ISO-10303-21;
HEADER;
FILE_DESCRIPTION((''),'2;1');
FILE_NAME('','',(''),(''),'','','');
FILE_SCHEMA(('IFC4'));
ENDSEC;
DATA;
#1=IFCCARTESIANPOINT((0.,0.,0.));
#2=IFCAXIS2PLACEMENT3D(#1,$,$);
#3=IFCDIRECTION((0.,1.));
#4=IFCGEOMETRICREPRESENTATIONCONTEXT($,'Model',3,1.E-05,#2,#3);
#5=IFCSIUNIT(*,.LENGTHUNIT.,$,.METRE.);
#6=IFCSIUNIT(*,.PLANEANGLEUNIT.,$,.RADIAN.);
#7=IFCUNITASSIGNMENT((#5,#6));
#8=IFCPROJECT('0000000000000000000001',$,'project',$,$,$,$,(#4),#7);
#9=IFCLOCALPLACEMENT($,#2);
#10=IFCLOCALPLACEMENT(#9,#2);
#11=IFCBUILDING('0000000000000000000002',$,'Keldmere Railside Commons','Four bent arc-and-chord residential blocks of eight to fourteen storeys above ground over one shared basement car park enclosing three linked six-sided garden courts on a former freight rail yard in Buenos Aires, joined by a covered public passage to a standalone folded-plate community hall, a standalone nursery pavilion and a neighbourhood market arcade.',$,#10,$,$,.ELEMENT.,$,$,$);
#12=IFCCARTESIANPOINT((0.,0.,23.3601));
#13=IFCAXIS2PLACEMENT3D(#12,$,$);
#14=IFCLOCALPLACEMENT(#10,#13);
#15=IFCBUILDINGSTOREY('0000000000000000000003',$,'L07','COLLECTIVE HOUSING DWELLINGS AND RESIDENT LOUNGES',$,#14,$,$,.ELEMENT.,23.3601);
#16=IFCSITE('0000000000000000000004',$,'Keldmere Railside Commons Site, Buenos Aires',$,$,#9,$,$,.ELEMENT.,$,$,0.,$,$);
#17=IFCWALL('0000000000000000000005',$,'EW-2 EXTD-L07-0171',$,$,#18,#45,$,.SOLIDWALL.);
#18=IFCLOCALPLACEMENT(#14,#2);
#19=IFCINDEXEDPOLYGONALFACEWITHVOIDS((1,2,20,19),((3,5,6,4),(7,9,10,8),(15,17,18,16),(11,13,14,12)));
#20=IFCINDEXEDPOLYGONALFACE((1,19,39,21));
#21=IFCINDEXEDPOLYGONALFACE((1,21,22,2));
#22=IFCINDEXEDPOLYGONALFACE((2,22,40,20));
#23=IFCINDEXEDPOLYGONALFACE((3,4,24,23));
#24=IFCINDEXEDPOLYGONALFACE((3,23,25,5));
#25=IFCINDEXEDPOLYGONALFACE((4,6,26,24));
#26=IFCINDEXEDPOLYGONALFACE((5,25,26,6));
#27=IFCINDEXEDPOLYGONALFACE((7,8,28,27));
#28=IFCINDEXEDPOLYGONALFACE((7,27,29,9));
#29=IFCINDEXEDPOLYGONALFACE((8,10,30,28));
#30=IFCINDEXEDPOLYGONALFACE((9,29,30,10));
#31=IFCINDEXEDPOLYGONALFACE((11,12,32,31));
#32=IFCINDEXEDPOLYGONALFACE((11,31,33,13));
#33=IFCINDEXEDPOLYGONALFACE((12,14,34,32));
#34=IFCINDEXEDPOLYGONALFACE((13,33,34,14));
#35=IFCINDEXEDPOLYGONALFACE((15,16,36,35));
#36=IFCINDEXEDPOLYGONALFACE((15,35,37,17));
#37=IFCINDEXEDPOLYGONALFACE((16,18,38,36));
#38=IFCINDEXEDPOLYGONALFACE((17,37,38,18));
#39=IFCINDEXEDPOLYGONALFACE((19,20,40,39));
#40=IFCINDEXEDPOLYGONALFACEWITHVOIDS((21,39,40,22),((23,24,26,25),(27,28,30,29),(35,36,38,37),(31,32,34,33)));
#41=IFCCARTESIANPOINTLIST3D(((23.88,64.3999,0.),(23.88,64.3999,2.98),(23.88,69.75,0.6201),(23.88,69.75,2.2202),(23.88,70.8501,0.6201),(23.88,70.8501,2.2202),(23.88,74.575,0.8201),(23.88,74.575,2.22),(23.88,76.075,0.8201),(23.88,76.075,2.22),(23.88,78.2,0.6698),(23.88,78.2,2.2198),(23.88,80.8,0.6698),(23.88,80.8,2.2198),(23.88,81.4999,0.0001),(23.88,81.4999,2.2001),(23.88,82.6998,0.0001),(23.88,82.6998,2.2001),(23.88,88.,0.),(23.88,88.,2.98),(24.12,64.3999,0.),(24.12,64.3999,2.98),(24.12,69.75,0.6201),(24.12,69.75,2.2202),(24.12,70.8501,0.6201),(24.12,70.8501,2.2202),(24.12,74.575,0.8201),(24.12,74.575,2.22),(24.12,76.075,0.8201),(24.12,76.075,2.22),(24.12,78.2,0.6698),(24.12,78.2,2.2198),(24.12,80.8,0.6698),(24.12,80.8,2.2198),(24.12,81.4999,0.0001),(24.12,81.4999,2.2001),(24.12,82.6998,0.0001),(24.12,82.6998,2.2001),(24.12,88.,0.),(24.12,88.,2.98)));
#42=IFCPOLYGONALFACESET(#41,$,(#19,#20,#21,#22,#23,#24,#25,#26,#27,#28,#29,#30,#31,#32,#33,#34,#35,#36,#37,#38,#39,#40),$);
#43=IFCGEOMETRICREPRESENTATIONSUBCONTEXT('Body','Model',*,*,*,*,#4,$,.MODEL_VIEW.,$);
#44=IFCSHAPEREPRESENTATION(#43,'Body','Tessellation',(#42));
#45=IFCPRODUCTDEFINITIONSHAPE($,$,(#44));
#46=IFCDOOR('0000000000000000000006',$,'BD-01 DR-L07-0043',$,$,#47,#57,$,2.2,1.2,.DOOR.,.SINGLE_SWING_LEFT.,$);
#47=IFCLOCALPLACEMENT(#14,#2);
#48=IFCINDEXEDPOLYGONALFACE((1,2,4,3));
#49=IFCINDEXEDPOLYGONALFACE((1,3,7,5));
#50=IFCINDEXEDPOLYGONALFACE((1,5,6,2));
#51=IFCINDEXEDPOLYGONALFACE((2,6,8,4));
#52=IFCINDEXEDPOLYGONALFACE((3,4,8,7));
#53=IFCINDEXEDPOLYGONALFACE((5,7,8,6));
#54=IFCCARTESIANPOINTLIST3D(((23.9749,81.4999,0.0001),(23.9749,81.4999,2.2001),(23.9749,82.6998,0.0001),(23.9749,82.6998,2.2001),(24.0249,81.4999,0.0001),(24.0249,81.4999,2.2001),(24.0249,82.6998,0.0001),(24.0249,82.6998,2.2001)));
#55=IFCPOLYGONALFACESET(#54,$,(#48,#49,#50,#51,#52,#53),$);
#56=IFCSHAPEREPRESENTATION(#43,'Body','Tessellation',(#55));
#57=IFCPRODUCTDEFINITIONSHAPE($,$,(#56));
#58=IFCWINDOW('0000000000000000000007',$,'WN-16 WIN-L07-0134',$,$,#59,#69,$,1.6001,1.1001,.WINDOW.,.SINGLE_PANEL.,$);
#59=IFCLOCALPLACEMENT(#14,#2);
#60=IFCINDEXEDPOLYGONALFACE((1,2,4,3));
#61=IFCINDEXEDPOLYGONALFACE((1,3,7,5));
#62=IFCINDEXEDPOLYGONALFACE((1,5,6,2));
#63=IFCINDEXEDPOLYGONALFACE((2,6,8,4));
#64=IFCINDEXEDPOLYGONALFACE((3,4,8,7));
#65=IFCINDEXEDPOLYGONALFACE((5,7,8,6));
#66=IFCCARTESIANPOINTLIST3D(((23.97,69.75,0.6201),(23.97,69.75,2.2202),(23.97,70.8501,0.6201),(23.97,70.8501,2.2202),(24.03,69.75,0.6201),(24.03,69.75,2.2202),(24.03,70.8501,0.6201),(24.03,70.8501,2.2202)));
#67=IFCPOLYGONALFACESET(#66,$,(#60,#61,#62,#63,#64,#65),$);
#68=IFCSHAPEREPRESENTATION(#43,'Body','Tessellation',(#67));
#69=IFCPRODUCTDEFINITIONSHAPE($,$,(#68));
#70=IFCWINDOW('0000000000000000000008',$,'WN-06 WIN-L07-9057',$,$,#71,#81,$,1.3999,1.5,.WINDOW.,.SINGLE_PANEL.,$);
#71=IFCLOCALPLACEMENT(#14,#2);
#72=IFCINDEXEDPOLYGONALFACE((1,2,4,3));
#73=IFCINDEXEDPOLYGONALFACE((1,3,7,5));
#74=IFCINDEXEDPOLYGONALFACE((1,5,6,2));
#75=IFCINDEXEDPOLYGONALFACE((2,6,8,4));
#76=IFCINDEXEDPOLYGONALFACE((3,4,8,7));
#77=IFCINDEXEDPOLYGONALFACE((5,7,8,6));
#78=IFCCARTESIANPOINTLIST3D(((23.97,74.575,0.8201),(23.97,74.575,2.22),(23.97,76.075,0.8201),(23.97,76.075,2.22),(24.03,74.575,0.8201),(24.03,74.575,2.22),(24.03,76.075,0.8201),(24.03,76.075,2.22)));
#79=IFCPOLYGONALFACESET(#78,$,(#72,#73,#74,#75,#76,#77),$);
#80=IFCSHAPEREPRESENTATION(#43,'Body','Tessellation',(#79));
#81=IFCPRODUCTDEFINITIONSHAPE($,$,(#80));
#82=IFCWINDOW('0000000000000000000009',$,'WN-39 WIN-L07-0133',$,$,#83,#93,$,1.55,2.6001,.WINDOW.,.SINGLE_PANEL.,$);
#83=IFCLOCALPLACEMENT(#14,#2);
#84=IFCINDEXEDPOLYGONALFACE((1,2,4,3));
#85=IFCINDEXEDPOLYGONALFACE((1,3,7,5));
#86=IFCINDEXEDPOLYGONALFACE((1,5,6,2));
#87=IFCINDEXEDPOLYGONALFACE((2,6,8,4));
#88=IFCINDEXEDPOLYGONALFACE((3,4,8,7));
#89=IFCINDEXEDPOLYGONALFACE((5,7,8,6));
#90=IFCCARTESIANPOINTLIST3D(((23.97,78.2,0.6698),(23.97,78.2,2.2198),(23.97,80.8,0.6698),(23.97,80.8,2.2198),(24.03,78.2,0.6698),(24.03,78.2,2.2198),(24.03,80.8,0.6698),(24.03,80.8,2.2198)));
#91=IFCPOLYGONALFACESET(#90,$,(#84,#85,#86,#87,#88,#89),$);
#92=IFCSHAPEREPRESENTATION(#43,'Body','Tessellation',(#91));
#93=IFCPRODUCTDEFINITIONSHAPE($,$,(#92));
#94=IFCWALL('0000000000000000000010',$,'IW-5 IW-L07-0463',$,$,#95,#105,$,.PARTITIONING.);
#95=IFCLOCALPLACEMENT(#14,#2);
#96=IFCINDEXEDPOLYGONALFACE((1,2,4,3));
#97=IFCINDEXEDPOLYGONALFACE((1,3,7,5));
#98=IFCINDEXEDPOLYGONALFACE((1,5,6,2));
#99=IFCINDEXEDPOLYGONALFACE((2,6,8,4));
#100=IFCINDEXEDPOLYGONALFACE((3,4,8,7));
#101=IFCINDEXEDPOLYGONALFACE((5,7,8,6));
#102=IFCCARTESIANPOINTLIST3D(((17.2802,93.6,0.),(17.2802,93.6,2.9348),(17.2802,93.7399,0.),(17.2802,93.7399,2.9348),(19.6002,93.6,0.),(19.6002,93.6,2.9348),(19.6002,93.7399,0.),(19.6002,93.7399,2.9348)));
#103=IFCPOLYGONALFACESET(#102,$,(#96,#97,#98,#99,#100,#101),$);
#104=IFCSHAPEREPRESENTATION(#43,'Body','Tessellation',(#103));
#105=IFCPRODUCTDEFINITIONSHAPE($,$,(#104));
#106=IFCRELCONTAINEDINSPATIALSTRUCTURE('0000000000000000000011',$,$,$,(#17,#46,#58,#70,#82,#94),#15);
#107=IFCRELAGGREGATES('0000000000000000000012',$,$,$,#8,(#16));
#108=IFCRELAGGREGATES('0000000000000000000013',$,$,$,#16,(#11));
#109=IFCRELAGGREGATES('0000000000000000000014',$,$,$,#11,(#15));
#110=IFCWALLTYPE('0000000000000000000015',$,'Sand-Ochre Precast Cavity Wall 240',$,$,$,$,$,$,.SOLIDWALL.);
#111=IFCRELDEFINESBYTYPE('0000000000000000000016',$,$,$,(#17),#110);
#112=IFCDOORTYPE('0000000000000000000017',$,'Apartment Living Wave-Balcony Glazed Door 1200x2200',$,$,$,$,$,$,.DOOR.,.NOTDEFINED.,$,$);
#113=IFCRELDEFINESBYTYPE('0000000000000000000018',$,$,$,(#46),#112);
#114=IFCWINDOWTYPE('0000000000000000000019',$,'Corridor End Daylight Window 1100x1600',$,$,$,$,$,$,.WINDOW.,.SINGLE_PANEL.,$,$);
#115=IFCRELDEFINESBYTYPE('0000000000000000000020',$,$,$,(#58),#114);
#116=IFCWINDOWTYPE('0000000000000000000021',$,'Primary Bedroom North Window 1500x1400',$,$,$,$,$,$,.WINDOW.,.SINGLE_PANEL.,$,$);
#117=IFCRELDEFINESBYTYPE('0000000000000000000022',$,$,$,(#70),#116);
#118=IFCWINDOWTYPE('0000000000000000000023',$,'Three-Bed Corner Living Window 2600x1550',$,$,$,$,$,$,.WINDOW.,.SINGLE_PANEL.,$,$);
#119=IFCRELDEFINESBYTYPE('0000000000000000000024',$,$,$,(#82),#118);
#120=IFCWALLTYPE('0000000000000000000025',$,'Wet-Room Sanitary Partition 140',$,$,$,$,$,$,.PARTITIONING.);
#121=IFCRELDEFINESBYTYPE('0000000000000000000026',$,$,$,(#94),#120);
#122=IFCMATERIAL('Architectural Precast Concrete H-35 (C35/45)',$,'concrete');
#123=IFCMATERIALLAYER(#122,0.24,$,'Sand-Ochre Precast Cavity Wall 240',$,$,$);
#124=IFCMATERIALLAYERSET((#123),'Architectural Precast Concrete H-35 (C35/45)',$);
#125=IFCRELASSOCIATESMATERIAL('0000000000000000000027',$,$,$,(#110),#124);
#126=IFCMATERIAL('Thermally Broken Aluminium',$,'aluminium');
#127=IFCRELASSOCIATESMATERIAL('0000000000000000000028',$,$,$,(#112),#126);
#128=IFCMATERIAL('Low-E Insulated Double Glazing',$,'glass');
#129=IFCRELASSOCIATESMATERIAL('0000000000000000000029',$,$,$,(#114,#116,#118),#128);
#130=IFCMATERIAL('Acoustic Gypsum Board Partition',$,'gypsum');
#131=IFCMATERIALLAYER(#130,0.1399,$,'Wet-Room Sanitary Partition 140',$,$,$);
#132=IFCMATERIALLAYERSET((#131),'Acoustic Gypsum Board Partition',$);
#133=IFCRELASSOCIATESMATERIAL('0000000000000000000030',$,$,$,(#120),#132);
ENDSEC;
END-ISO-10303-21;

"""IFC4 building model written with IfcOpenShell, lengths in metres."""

from ifc_helpers import new_model, si_unit, direction, frame, frame_2d, origin, place, context, subcontext, project, spatial, rectangle, extrude, material, layer, layer_set, type_object, element, fill, save


model = new_model("IFC4")

# Units and contexts
model_context = context("Model", 3, precision=1e-05, world=origin(), true_north=direction((0.0, 1.0)))
body_context = subcontext(model_context, "Body", "Model", "MODEL_VIEW")
ifc_project = project(units=[si_unit("LENGTHUNIT", "METRE"), si_unit("PLANEANGLEUNIT", "RADIAN")], contexts=[model_context])

# Site, building, storey
site_placement = place(None, origin())
site = spatial("IfcSite", under=ifc_project, at=site_placement, Name="Keldmere Railside Commons Site, Buenos Aires", CompositionType="ELEMENT", RefElevation=0.0)
building_placement = place(site_placement, origin())
building = spatial("IfcBuilding", under=site, at=building_placement, Name="Keldmere Railside Commons", Description="Four bent arc-and-chord residential blocks of eight to fourteen storeys above ground over one shared basement car park enclosing three linked six-sided garden courts on a former freight rail yard in Buenos Aires, joined by a covered public passage to a standalone folded-plate community hall, a standalone nursery pavilion and a neighbourhood market arcade.", CompositionType="ELEMENT")
storey_placement = place(building_placement, frame((0.0, 0.0, 23.3601)))
storey = spatial("IfcBuildingStorey", under=building, at=storey_placement, Name="L07", Description="COLLECTIVE HOUSING DWELLINGS AND RESIDENT LOUNGES", CompositionType="ELEMENT", Elevation=23.3601)

# Shared definitions
ifc_material_1 = material(Name="Thermally Broken Aluminium", Category="aluminium")

# Shared definitions
ifc_material_2 = material(Name="Acoustic Gypsum Board Partition", Category="gypsum")

# Wall, openings, door, windows
ifc_material_3 = material(Name="Architectural Precast Concrete H-35 (C35/45)", Category="concrete")
ifc_layer_1 = layer(ifc_material_3, 0.24, Name="Sand-Ochre Precast Cavity Wall 240")
ifc_layer_set_1 = layer_set([ifc_layer_1], Name="Architectural Precast Concrete H-35 (C35/45)")
wall_type_1 = type_object("IfcWallType", Name="Sand-Ochre Precast Cavity Wall 240", PredefinedType="SOLIDWALL", material=ifc_layer_set_1)
wall_1_placement = place(storey_placement, frame((24.0, 88.0, 0.0), z_axis=(0.0, 0.0, 1.0), x_axis=(0.0, -1.0, 0.0)))
wall_1 = element("IfcWall", 1, at=wall_1_placement, inside=storey, type_object=wall_type_1, Name="EW-2 EXTD-L07-0171", PredefinedType="SOLIDWALL", context=body_context, shape_type="SweptSolid", body=[
    extrude(rectangle(XDim=23.6001, YDim=0.24, at=frame_2d((11.8, 0.0))), origin(), (0.0, 0.0, 1.0), 2.98),
])
opening_1_placement = place(wall_1_placement, frame((5.3, 0.0, 0.0)))
opening_1 = element("IfcOpeningElement", 2, at=opening_1_placement, cuts=wall_1, PredefinedType="OPENING", context=body_context, shape_type="SweptSolid", body=[
    extrude(rectangle(XDim=1.2, YDim=2.2, at=frame_2d((0.6001, 1.1001))), frame((0.0, 0.1299, 0.0), z_axis=(0.0, -1.0, 0.0), x_axis=(1.0, 0.0, 0.0)), (0.0, 0.0, 1.0), 0.26),
])
opening_2_placement = place(wall_1_placement, frame((7.2, 0.0, 0.6699)))
opening_2 = element("IfcOpeningElement", 3, at=opening_2_placement, cuts=wall_1, PredefinedType="OPENING", context=body_context, shape_type="SweptSolid", body=[
    extrude(rectangle(XDim=2.6001, YDim=1.55, at=frame_2d((1.3, 0.7749))), frame((0.0, 0.1299, 0.0), z_axis=(0.0, -1.0, 0.0), x_axis=(1.0, 0.0, 0.0)), (0.0, 0.0, 1.0), 0.26),
])
opening_3_placement = place(wall_1_placement, frame((17.1499, 0.0, 0.6201)))
opening_3 = element("IfcOpeningElement", 4, at=opening_3_placement, cuts=wall_1, PredefinedType="OPENING", context=body_context, shape_type="SweptSolid", body=[
    extrude(rectangle(XDim=1.1001, YDim=1.6001, at=frame_2d((0.55, 0.8))), frame((0.0, 0.1299, 0.0), z_axis=(0.0, -1.0, 0.0), x_axis=(1.0, 0.0, 0.0)), (0.0, 0.0, 1.0), 0.26),
])
opening_4_placement = place(wall_1_placement, frame((11.925, 0.0, 0.8201)))
opening_4 = element("IfcOpeningElement", 5, at=opening_4_placement, cuts=wall_1, PredefinedType="OPENING", context=body_context, shape_type="SweptSolid", body=[
    extrude(rectangle(XDim=1.5, YDim=1.3999, at=frame_2d((0.75, 0.7))), frame((0.0, 0.1299, 0.0), z_axis=(0.0, -1.0, 0.0), x_axis=(1.0, 0.0, 0.0)), (0.0, 0.0, 1.0), 0.26),
])
door_type_1 = type_object("IfcDoorType", Name="Apartment Living Wave-Balcony Glazed Door 1200x2200", OperationType="NOTDEFINED", PredefinedType="DOOR", material=ifc_material_1)
door_1_placement = place(opening_1_placement, origin())
door_1 = element("IfcDoor", 6, at=door_1_placement, inside=storey, type_object=door_type_1, Name="BD-01 DR-L07-0043", OperationType="SINGLE_SWING_LEFT", OverallHeight=2.2, OverallWidth=1.2, PredefinedType="DOOR", context=body_context, shape_type="SweptSolid", body=[
    extrude(rectangle(XDim=1.2, YDim=2.2, at=frame_2d((0.6001, 1.1001))), frame((0.0, 0.0249, 0.0), z_axis=(0.0, -1.0, 0.0), x_axis=(1.0, 0.0, 0.0)), (0.0, 0.0, 1.0), 0.05),
])
fill(opening_1, door_1)
ifc_material_4 = material(Name="Low-E Insulated Double Glazing", Category="glass")
window_type_1 = type_object("IfcWindowType", Name="Corridor End Daylight Window 1100x1600", PartitioningType="SINGLE_PANEL", PredefinedType="WINDOW", material=ifc_material_4)
window_1_placement = place(opening_3_placement, origin())
window_1 = element("IfcWindow", 7, at=window_1_placement, inside=storey, type_object=window_type_1, Name="WN-16 WIN-L07-0134", OverallHeight=1.6001, OverallWidth=1.1001, PartitioningType="SINGLE_PANEL", PredefinedType="WINDOW", context=body_context, shape_type="SweptSolid", body=[
    extrude(rectangle(XDim=1.1001, YDim=1.6001, at=frame_2d((0.55, 0.8))), frame((0.0, 0.03, 0.0), z_axis=(0.0, -1.0, 0.0), x_axis=(1.0, 0.0, 0.0)), (0.0, 0.0, 1.0), 0.0601),
])
fill(opening_3, window_1)
window_type_2 = type_object("IfcWindowType", Name="Primary Bedroom North Window 1500x1400", PartitioningType="SINGLE_PANEL", PredefinedType="WINDOW", material=ifc_material_4)
window_2_placement = place(opening_4_placement, origin())
window_2 = element("IfcWindow", 8, at=window_2_placement, inside=storey, type_object=window_type_2, Name="WN-06 WIN-L07-9057", OverallHeight=1.3999, OverallWidth=1.5, PartitioningType="SINGLE_PANEL", PredefinedType="WINDOW", context=body_context, shape_type="SweptSolid", body=[
    extrude(rectangle(XDim=1.5, YDim=1.3999, at=frame_2d((0.75, 0.7))), frame((0.0, 0.03, 0.0), z_axis=(0.0, -1.0, 0.0), x_axis=(1.0, 0.0, 0.0)), (0.0, 0.0, 1.0), 0.0601),
])
fill(opening_4, window_2)
window_type_3 = type_object("IfcWindowType", Name="Three-Bed Corner Living Window 2600x1550", PartitioningType="SINGLE_PANEL", PredefinedType="WINDOW", material=ifc_material_4)
window_3_placement = place(opening_2_placement, origin())
window_3 = element("IfcWindow", 9, at=window_3_placement, inside=storey, type_object=window_type_3, Name="WN-39 WIN-L07-0133", OverallHeight=1.55, OverallWidth=2.6001, PartitioningType="SINGLE_PANEL", PredefinedType="WINDOW", context=body_context, shape_type="SweptSolid", body=[
    extrude(rectangle(XDim=2.6001, YDim=1.55, at=frame_2d((1.3, 0.7749))), frame((0.0, 0.03, 0.0), z_axis=(0.0, -1.0, 0.0), x_axis=(1.0, 0.0, 0.0)), (0.0, 0.0, 1.0), 0.0601),
])
fill(opening_2, window_3)

# Wall
ifc_layer_2 = layer(ifc_material_2, 0.1399, Name="Wet-Room Sanitary Partition 140")
ifc_layer_set_2 = layer_set([ifc_layer_2], Name="Acoustic Gypsum Board Partition")
wall_type_2 = type_object("IfcWallType", Name="Wet-Room Sanitary Partition 140", PredefinedType="PARTITIONING", material=ifc_layer_set_2)
wall_2_placement = place(storey_placement, frame((17.28, 93.6699, 0.0), z_axis=(0.0, 0.0, 1.0), x_axis=(1.0, 0.0, 0.0)))
element("IfcWall", 10, at=wall_2_placement, inside=storey, type_object=wall_type_2, Name="IW-5 IW-L07-0463", PredefinedType="PARTITIONING", context=body_context, shape_type="SweptSolid", body=[
    extrude(rectangle(XDim=2.3201, YDim=0.1399, at=frame_2d((1.1602, 0.0))), origin(), (0.0, 0.0, 1.0), 2.9348),
])

save(model, "model.ifc")
